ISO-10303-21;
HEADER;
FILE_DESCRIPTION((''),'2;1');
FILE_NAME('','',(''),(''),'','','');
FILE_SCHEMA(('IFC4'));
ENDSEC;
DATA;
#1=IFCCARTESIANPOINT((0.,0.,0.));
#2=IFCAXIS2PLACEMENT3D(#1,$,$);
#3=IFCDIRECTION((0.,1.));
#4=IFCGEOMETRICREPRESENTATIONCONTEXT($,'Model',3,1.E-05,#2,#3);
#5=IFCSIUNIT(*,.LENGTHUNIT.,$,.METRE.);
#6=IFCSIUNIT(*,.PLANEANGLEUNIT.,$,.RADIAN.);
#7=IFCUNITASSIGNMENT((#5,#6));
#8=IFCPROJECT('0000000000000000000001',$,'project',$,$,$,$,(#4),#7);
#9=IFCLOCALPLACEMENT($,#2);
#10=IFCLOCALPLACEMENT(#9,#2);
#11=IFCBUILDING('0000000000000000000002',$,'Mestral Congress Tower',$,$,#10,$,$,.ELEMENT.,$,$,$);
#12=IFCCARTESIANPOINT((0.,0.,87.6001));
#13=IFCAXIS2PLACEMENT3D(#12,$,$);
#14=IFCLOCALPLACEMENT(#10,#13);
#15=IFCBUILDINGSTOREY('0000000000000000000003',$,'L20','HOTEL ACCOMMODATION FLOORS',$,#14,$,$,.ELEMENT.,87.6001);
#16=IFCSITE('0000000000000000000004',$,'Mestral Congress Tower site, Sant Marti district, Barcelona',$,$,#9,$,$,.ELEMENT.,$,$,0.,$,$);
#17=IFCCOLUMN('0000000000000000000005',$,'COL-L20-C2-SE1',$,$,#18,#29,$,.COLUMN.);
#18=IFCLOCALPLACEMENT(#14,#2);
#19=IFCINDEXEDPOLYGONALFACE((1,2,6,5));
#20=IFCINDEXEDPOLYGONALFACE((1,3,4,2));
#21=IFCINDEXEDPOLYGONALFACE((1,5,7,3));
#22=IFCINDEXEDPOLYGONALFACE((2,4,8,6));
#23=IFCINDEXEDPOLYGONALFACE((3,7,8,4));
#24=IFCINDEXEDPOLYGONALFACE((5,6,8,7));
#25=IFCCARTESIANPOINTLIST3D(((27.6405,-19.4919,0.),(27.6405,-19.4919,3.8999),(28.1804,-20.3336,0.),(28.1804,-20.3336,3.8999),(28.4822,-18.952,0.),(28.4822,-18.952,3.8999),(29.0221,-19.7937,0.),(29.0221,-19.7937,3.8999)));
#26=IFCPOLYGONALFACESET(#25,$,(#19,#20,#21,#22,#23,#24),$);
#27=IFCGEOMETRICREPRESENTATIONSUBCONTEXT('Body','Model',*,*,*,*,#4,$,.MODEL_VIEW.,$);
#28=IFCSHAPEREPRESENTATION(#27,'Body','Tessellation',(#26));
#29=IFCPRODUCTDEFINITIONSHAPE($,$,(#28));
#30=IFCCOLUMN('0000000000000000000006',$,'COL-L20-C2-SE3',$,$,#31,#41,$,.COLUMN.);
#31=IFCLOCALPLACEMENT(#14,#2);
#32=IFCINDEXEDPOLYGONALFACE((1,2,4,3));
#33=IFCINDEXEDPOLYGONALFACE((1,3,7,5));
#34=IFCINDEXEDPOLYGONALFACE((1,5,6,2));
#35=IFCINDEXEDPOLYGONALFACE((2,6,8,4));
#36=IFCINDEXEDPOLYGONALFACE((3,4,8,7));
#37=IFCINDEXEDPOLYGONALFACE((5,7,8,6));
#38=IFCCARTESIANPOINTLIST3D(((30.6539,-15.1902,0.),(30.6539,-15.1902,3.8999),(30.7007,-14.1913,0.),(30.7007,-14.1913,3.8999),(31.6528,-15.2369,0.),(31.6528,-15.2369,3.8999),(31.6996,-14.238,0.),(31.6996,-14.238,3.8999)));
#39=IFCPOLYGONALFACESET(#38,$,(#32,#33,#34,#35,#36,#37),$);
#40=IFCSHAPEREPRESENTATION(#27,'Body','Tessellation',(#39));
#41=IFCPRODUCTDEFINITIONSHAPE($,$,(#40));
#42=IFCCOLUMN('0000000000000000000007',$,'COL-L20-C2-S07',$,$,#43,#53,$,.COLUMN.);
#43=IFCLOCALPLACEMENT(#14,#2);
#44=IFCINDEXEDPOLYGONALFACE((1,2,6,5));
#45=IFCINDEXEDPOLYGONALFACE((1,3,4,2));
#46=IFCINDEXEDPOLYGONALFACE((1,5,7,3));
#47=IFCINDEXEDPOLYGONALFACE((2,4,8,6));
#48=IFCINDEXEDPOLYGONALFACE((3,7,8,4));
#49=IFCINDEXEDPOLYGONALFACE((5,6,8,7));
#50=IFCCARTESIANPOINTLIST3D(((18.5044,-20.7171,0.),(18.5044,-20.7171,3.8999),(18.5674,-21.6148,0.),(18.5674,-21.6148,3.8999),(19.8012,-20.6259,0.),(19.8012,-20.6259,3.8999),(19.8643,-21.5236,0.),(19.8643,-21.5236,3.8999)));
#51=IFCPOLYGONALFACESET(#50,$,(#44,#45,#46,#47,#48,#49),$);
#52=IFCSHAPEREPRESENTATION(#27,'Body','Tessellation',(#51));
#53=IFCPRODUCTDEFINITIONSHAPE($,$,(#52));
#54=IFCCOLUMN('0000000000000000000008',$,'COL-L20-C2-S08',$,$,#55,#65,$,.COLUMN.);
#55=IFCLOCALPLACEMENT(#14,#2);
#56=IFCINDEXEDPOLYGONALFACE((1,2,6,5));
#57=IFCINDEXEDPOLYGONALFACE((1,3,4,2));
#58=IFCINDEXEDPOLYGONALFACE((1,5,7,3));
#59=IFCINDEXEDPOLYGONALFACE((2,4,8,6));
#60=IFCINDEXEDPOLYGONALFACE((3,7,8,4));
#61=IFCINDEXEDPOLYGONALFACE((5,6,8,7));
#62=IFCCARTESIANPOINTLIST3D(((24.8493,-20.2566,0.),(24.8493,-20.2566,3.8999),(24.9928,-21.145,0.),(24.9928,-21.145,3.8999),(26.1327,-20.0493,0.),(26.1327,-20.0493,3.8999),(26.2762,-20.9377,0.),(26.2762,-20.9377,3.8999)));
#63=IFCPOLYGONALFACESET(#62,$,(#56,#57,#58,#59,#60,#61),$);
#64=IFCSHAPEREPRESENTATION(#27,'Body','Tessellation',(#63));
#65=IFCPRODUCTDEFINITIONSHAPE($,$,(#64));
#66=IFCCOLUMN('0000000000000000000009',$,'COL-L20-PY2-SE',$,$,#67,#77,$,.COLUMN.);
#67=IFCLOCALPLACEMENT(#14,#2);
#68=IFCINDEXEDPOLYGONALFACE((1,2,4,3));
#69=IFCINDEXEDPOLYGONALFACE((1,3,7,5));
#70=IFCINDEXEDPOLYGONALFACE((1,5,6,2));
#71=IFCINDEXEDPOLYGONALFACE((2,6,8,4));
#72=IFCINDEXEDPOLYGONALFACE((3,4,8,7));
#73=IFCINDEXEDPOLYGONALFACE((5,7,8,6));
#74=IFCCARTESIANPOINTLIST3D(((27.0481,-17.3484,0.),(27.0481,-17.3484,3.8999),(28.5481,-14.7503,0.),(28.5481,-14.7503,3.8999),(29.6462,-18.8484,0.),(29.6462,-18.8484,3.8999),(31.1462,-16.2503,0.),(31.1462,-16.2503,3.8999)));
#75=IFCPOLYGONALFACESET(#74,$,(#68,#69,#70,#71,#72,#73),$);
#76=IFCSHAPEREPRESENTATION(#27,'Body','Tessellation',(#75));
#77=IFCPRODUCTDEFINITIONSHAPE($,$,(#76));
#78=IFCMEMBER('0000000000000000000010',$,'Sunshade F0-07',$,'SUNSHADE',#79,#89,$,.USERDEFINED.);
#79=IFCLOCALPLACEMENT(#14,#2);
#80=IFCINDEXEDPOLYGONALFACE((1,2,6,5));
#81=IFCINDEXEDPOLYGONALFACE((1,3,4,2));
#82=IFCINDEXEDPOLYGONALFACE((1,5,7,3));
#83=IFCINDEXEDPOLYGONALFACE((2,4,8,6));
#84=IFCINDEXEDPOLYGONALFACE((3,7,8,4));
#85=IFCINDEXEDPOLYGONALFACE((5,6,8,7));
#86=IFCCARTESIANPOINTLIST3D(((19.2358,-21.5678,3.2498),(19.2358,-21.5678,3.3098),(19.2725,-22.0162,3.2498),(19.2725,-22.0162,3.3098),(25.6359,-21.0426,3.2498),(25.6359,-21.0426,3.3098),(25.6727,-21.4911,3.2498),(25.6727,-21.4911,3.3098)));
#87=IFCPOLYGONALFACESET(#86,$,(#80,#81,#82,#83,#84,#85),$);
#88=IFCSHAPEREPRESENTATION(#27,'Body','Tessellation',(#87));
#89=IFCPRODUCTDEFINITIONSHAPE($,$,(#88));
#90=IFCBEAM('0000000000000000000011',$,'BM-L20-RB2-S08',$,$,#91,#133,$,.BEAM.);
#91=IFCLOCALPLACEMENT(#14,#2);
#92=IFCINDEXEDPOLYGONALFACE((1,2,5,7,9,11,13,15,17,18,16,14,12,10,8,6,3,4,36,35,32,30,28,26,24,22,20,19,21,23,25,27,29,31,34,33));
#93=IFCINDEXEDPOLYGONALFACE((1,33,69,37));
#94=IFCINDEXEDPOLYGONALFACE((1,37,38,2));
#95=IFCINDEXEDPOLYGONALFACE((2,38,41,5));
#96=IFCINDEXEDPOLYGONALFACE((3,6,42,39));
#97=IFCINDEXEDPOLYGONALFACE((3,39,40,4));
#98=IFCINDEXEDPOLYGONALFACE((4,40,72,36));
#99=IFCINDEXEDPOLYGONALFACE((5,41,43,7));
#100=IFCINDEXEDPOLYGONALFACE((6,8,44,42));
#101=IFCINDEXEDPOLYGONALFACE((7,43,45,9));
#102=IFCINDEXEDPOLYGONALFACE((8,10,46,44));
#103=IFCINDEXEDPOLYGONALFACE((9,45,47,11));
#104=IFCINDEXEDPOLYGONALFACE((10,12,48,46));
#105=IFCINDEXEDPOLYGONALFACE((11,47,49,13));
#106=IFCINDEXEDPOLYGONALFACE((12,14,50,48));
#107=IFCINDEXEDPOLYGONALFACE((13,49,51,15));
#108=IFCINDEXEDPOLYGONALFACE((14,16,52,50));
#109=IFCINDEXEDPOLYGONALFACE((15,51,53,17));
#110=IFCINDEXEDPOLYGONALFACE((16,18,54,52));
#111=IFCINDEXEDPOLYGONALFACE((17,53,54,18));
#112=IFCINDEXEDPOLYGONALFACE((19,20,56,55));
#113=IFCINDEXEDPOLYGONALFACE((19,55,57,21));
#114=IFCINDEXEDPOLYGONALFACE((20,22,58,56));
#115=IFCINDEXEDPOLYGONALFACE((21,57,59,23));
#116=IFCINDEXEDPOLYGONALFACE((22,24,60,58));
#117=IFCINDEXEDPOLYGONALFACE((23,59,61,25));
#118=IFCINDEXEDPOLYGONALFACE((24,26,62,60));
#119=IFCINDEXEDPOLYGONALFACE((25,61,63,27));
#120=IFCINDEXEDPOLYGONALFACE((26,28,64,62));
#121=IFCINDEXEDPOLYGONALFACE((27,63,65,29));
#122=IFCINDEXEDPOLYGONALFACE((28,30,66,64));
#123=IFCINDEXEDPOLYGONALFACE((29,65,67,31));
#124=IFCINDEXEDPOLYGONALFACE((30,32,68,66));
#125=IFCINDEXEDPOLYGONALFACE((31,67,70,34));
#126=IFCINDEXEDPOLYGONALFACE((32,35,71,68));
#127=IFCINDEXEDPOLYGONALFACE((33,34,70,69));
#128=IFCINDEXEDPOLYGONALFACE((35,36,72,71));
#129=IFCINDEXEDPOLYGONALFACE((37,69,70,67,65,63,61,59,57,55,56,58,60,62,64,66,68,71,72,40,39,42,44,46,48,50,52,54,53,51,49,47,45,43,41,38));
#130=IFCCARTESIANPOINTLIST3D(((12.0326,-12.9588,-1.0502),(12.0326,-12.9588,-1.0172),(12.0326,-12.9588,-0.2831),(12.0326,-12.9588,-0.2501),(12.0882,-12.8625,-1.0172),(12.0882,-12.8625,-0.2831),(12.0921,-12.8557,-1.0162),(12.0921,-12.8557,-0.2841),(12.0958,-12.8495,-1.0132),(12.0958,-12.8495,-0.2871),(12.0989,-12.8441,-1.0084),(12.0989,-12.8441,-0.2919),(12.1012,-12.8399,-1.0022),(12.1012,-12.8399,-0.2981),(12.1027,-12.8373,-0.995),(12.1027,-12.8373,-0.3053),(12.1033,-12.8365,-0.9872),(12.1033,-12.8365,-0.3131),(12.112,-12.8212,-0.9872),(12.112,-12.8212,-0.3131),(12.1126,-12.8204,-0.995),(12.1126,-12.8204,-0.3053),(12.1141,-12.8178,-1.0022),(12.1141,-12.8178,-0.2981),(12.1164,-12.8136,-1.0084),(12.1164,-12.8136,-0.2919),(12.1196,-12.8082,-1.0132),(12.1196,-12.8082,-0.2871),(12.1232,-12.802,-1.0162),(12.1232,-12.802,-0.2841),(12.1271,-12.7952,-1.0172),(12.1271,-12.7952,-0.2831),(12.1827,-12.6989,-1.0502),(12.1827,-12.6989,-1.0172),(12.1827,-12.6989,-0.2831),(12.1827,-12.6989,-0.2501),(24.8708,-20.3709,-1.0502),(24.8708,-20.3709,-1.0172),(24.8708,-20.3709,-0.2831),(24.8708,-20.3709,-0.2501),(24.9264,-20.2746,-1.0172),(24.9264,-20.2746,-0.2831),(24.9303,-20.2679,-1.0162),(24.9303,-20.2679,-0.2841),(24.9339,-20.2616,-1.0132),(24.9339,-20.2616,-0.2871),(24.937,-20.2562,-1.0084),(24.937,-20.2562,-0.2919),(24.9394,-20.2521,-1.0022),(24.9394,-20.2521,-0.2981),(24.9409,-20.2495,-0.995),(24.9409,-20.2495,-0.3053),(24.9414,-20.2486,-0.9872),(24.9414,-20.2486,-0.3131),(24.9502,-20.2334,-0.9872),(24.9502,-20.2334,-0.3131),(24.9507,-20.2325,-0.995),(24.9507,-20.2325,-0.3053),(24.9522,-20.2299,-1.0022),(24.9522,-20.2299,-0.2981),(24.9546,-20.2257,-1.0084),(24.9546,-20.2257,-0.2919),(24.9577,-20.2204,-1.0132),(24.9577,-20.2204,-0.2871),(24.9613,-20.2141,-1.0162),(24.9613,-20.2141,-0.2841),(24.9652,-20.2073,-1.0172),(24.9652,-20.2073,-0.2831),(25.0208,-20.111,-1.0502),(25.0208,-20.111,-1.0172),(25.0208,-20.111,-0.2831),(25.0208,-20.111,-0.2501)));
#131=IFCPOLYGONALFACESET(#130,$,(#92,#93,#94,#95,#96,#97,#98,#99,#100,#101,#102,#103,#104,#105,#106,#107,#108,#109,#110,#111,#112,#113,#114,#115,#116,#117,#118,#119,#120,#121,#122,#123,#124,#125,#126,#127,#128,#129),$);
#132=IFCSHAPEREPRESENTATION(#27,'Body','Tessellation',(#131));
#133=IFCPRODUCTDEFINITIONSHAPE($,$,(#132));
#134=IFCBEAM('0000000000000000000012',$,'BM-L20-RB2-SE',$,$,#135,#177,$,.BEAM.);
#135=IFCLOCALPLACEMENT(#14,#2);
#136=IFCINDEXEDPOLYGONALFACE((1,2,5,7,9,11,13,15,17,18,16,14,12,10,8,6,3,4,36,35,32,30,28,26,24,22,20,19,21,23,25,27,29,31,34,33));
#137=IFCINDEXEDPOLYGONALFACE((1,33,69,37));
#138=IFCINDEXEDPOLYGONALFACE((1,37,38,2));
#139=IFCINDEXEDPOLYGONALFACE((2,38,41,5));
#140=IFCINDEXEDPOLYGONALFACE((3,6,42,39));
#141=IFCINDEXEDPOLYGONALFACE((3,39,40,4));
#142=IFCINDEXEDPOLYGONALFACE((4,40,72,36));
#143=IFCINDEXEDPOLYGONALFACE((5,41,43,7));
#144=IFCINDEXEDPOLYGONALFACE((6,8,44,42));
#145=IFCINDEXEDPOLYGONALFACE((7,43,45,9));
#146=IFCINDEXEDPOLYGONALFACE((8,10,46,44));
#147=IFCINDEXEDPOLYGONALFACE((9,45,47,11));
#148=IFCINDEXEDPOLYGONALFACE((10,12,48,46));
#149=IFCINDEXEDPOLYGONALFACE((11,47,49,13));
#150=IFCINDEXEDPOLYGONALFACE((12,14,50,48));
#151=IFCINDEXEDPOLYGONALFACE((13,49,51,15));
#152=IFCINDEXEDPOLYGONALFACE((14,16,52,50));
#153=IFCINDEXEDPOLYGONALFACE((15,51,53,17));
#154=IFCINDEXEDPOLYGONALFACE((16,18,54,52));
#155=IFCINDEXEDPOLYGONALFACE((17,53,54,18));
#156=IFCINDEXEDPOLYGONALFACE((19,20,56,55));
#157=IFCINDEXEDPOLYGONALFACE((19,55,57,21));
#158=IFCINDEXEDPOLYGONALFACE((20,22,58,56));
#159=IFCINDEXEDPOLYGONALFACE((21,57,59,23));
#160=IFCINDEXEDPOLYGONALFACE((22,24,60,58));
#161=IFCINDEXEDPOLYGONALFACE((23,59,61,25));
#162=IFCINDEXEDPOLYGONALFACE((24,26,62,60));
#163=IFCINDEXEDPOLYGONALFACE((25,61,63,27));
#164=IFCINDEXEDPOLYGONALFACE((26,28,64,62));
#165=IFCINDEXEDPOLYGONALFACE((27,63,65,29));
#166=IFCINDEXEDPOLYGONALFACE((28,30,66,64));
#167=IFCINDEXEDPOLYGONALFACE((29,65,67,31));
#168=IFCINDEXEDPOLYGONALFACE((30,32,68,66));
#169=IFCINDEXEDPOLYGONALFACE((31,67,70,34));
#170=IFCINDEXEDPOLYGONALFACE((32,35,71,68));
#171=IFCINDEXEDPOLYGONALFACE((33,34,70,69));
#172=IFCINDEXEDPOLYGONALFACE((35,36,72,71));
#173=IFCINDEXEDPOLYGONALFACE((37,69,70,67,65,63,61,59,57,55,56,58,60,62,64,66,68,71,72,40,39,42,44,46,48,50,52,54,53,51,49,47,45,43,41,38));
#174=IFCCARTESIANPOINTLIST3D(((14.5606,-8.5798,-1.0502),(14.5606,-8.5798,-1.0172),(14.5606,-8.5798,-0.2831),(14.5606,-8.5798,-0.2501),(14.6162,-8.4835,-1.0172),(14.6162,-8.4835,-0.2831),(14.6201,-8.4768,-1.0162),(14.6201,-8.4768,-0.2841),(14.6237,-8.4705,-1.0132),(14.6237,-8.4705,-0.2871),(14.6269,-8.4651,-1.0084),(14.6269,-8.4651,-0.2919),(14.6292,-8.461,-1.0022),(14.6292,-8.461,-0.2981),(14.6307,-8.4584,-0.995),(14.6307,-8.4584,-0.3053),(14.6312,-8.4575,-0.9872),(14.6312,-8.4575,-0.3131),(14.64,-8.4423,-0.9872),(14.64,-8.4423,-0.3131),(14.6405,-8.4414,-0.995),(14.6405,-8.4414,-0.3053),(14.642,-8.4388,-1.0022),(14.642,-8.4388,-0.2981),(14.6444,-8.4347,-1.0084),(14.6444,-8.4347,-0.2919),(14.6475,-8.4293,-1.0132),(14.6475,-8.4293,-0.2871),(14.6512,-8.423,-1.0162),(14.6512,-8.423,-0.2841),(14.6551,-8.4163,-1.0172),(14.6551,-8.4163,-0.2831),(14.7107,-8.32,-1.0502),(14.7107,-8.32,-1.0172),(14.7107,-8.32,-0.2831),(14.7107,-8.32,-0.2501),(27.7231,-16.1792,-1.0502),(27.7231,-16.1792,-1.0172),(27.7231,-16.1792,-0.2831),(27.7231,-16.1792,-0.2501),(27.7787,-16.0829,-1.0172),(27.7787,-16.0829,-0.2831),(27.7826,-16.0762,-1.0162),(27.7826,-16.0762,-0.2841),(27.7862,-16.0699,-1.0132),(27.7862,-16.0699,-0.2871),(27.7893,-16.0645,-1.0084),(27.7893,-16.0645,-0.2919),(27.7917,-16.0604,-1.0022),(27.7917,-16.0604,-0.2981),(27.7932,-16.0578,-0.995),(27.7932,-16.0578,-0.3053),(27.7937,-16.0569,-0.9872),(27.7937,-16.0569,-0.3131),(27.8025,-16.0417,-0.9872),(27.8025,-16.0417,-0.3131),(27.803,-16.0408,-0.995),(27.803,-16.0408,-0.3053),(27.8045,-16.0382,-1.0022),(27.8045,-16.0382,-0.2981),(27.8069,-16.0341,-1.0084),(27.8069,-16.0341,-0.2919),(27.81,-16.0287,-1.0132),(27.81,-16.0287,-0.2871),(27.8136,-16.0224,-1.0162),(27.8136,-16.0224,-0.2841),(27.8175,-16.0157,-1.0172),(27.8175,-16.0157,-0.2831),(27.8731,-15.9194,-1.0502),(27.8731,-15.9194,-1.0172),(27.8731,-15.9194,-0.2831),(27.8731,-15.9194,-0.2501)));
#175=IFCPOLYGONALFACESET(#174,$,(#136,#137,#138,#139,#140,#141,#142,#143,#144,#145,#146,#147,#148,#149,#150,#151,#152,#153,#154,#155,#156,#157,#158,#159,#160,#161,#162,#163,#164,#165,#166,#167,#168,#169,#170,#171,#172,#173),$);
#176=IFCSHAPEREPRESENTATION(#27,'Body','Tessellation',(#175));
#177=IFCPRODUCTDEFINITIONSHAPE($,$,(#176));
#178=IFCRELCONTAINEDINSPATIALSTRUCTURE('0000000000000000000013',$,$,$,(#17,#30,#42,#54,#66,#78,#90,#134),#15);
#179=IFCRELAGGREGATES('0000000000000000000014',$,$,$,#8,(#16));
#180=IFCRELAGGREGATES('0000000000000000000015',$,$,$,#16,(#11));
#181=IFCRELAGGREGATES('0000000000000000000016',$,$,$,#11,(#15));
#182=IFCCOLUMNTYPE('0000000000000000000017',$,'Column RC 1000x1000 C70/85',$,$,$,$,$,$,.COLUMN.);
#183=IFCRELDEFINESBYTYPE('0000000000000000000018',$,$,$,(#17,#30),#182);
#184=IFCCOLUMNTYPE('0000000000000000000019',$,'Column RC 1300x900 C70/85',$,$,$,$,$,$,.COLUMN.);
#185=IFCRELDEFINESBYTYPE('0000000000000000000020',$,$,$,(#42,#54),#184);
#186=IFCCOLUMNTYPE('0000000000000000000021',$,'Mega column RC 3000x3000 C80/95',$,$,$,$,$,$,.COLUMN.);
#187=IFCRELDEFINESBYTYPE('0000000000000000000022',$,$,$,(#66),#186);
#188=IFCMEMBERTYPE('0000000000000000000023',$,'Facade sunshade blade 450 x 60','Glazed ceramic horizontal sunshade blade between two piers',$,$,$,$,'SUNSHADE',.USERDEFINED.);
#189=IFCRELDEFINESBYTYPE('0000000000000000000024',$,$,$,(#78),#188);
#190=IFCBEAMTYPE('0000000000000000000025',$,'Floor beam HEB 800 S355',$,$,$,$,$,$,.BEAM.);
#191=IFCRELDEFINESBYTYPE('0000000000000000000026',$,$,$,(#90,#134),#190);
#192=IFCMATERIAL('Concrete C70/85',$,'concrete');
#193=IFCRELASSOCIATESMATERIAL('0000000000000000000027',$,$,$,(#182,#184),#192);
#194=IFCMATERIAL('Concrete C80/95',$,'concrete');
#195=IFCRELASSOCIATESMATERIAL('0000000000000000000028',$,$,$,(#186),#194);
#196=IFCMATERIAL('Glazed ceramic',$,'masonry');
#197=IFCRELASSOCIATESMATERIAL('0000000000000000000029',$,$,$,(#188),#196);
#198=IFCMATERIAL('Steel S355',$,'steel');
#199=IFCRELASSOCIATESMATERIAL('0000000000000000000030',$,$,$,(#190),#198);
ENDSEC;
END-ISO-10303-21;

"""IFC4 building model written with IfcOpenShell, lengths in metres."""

from ifc_helpers import new_model, si_unit, direction, frame, origin, origin_2d, place, context, subcontext, project, spatial, rectangle, i_section, extrude, material, material_profile, profile_set, type_object, element, save


model = new_model("IFC4")

# Units and contexts
model_context = context("Model", 3, precision=1e-05, world=origin(), true_north=direction((0.0, 1.0)))
body_context = subcontext(model_context, "Body", "Model", "MODEL_VIEW")
ifc_project = project(units=[si_unit("LENGTHUNIT", "METRE"), si_unit("PLANEANGLEUNIT", "RADIAN")], contexts=[model_context])

# Site, building, storey
site_placement = place(None, origin())
site = spatial("IfcSite", under=ifc_project, at=site_placement, Name="Mestral Congress Tower site, Sant Marti district, Barcelona", CompositionType="ELEMENT", RefElevation=0.0)
building_placement = place(site_placement, origin())
building = spatial("IfcBuilding", under=site, at=building_placement, Name="Mestral Congress Tower", CompositionType="ELEMENT")
storey_placement = place(building_placement, frame((0.0, 0.0, 87.6001)))
storey = spatial("IfcBuildingStorey", under=building, at=storey_placement, Name="L20", Description="HOTEL ACCOMMODATION FLOORS", CompositionType="ELEMENT", Elevation=87.6001)

# Columns
ifc_material_1 = material(Name="Concrete C70/85", Category="concrete")
ifc_material_profile_1 = material_profile(ifc_material_1, rectangle(XDim=1.0, YDim=1.0, at=origin_2d()), Name="RC 1000x1000")
ifc_profile_set_1 = profile_set([ifc_material_profile_1], Name="Concrete C70/85")
column_type_1 = type_object("IfcColumnType", Name="Column RC 1000x1000 C70/85", PredefinedType="COLUMN", material=ifc_profile_set_1)
for number, where, z_axis, x_axis, name in (
    (1, (28.3313, -19.6428, 0.0), (0.0, 0.0, 1.0), (0.8417, 0.539945, 0.0), "COL-L20-C2-SE1"),
    (2, (31.1768, -14.7141, 0.0), (0.0, 0.0, 1.0), (0.046756, 0.998906, 0.0), "COL-L20-C2-SE3"),
):
    element("IfcColumn", number, at=place(storey_placement, frame(where, z_axis=z_axis, x_axis=x_axis)), inside=storey, type_object=column_type_1, Name=name, PredefinedType="COLUMN", context=body_context, shape_type="SweptSolid", body=[
        extrude(rectangle(XDim=1.0, YDim=1.0, at=origin_2d()), origin(), (0.0, 0.0, 1.0), 3.8999),
    ])
ifc_material_profile_2 = material_profile(ifc_material_1, rectangle(XDim=1.3, YDim=0.8999, at=origin_2d()), Name="RC 1300x900")
ifc_profile_set_2 = profile_set([ifc_material_profile_2], Name="Concrete C70/85")
column_type_2 = type_object("IfcColumnType", Name="Column RC 1300x900 C70/85", PredefinedType="COLUMN", material=ifc_profile_set_2)
for number, where, z_axis, x_axis, name in (
    (3, (19.1843, -21.1204, 0.0), (0.0, 0.0, 1.0), (0.99754, 0.070101, 0.0), "COL-L20-C2-S07"),
    (4, (25.5627, -20.5972, 0.0), (0.0, 0.0, 1.0), (0.987202, 0.159473, 0.0), "COL-L20-C2-S08"),
):
    element("IfcColumn", number, at=place(storey_placement, frame(where, z_axis=z_axis, x_axis=x_axis)), inside=storey, type_object=column_type_2, Name=name, PredefinedType="COLUMN", context=body_context, shape_type="SweptSolid", body=[
        extrude(rectangle(XDim=1.3, YDim=0.8999, at=origin_2d()), origin(), (0.0, 0.0, 1.0), 3.8999),
    ])
ifc_material_2 = material(Name="Concrete C80/95", Category="concrete")
ifc_material_profile_3 = material_profile(ifc_material_2, rectangle(XDim=3.0, YDim=3.0, at=origin_2d()), Name="RC 3000x3000")
ifc_profile_set_3 = profile_set([ifc_material_profile_3], Name="Concrete C80/95")
column_type_3 = type_object("IfcColumnType", Name="Mega column RC 3000x3000 C80/95", PredefinedType="COLUMN", material=ifc_profile_set_3)
column_placement = place(storey_placement, frame((29.0972, -16.7993, 0.0), z_axis=(0.0, 0.0, 1.0), x_axis=(0.866025, -0.5, 0.0)))
element("IfcColumn", 5, at=column_placement, inside=storey, type_object=column_type_3, Name="COL-L20-PY2-SE", PredefinedType="COLUMN", context=body_context, shape_type="SweptSolid", body=[
    extrude(rectangle(XDim=3.0, YDim=3.0, at=origin_2d()), origin(), (0.0, 0.0, 1.0), 3.8999),
])

# Member
ifc_material_3 = material(Name="Glazed ceramic", Category="masonry")
ifc_material_profile_4 = material_profile(ifc_material_3, rectangle(XDim=0.45, YDim=0.0601, at=origin_2d()), Name="Ceramic blade 450 x 60")
ifc_profile_set_4 = profile_set([ifc_material_profile_4], Name="Glazed ceramic")
member_type = type_object("IfcMemberType", Name="Facade sunshade blade 450 x 60", Description="Glazed ceramic horizontal sunshade blade between two piers", ElementType="SUNSHADE", PredefinedType="USERDEFINED", material=ifc_profile_set_4)
member_placement = place(storey_placement, frame((19.2542, -21.792, 3.2798), z_axis=(0.996651, 0.081777, 0.0), x_axis=(-0.081777, 0.996651, 0.0)))
element("IfcMember", 6, at=member_placement, inside=storey, type_object=member_type, Name="Sunshade F0-07", ObjectType="SUNSHADE", PredefinedType="USERDEFINED", context=body_context, shape_type="SweptSolid", body=[
    extrude(rectangle(XDim=0.45, YDim=0.0601, at=origin_2d()), origin(), (0.0, 0.0, 1.0), 6.4216),
])

# Beams
ifc_material_4 = material(Name="Steel S355", Category="steel")
ifc_material_profile_5 = material_profile(ifc_material_4, i_section(OverallWidth=0.3, OverallDepth=0.8, WebThickness=0.0176, FlangeThickness=0.033, FilletRadius=0.03, at=origin_2d()), Name="HEB 800")
ifc_profile_set_5 = profile_set([ifc_material_profile_5], Name="Steel S355")
beam_type_1 = type_object("IfcBeamType", Name="Floor beam HEB 800 S355", PredefinedType="BEAM", material=ifc_profile_set_5)
beam_1_placement = place(storey_placement, frame((24.9458, -20.241, -0.6501), z_axis=(-0.866025, 0.5, 0.0), x_axis=(-0.5, -0.866025, 0.0)))
element("IfcBeam", 7, at=beam_1_placement, inside=storey, type_object=beam_type_1, Name="BM-L20-RB2-S08", PredefinedType="BEAM", context=body_context, shape_type="SweptSolid", body=[
    extrude(i_section(OverallWidth=0.3, OverallDepth=0.8, WebThickness=0.0176, FlangeThickness=0.033, FilletRadius=0.03, at=origin_2d()), origin(), (0.0, 0.0, 1.0), 14.8242),
])
beam_2_placement = place(storey_placement, frame((27.7981, -16.0493, -0.6501), z_axis=(-0.866023, 0.500004, 0.0), x_axis=(-0.500004, -0.866023, 0.0)))
element("IfcBeam", 8, at=beam_2_placement, inside=storey, type_object=beam_type_1, Name="BM-L20-RB2-SE", PredefinedType="BEAM", context=body_context, shape_type="SweptSolid", body=[
    extrude(i_section(OverallWidth=0.3, OverallDepth=0.8, WebThickness=0.0176, FlangeThickness=0.033, FilletRadius=0.03, at=origin_2d()), origin(), (0.0, 0.0, 1.0), 15.1987),
])

save(model, "model.ifc")
